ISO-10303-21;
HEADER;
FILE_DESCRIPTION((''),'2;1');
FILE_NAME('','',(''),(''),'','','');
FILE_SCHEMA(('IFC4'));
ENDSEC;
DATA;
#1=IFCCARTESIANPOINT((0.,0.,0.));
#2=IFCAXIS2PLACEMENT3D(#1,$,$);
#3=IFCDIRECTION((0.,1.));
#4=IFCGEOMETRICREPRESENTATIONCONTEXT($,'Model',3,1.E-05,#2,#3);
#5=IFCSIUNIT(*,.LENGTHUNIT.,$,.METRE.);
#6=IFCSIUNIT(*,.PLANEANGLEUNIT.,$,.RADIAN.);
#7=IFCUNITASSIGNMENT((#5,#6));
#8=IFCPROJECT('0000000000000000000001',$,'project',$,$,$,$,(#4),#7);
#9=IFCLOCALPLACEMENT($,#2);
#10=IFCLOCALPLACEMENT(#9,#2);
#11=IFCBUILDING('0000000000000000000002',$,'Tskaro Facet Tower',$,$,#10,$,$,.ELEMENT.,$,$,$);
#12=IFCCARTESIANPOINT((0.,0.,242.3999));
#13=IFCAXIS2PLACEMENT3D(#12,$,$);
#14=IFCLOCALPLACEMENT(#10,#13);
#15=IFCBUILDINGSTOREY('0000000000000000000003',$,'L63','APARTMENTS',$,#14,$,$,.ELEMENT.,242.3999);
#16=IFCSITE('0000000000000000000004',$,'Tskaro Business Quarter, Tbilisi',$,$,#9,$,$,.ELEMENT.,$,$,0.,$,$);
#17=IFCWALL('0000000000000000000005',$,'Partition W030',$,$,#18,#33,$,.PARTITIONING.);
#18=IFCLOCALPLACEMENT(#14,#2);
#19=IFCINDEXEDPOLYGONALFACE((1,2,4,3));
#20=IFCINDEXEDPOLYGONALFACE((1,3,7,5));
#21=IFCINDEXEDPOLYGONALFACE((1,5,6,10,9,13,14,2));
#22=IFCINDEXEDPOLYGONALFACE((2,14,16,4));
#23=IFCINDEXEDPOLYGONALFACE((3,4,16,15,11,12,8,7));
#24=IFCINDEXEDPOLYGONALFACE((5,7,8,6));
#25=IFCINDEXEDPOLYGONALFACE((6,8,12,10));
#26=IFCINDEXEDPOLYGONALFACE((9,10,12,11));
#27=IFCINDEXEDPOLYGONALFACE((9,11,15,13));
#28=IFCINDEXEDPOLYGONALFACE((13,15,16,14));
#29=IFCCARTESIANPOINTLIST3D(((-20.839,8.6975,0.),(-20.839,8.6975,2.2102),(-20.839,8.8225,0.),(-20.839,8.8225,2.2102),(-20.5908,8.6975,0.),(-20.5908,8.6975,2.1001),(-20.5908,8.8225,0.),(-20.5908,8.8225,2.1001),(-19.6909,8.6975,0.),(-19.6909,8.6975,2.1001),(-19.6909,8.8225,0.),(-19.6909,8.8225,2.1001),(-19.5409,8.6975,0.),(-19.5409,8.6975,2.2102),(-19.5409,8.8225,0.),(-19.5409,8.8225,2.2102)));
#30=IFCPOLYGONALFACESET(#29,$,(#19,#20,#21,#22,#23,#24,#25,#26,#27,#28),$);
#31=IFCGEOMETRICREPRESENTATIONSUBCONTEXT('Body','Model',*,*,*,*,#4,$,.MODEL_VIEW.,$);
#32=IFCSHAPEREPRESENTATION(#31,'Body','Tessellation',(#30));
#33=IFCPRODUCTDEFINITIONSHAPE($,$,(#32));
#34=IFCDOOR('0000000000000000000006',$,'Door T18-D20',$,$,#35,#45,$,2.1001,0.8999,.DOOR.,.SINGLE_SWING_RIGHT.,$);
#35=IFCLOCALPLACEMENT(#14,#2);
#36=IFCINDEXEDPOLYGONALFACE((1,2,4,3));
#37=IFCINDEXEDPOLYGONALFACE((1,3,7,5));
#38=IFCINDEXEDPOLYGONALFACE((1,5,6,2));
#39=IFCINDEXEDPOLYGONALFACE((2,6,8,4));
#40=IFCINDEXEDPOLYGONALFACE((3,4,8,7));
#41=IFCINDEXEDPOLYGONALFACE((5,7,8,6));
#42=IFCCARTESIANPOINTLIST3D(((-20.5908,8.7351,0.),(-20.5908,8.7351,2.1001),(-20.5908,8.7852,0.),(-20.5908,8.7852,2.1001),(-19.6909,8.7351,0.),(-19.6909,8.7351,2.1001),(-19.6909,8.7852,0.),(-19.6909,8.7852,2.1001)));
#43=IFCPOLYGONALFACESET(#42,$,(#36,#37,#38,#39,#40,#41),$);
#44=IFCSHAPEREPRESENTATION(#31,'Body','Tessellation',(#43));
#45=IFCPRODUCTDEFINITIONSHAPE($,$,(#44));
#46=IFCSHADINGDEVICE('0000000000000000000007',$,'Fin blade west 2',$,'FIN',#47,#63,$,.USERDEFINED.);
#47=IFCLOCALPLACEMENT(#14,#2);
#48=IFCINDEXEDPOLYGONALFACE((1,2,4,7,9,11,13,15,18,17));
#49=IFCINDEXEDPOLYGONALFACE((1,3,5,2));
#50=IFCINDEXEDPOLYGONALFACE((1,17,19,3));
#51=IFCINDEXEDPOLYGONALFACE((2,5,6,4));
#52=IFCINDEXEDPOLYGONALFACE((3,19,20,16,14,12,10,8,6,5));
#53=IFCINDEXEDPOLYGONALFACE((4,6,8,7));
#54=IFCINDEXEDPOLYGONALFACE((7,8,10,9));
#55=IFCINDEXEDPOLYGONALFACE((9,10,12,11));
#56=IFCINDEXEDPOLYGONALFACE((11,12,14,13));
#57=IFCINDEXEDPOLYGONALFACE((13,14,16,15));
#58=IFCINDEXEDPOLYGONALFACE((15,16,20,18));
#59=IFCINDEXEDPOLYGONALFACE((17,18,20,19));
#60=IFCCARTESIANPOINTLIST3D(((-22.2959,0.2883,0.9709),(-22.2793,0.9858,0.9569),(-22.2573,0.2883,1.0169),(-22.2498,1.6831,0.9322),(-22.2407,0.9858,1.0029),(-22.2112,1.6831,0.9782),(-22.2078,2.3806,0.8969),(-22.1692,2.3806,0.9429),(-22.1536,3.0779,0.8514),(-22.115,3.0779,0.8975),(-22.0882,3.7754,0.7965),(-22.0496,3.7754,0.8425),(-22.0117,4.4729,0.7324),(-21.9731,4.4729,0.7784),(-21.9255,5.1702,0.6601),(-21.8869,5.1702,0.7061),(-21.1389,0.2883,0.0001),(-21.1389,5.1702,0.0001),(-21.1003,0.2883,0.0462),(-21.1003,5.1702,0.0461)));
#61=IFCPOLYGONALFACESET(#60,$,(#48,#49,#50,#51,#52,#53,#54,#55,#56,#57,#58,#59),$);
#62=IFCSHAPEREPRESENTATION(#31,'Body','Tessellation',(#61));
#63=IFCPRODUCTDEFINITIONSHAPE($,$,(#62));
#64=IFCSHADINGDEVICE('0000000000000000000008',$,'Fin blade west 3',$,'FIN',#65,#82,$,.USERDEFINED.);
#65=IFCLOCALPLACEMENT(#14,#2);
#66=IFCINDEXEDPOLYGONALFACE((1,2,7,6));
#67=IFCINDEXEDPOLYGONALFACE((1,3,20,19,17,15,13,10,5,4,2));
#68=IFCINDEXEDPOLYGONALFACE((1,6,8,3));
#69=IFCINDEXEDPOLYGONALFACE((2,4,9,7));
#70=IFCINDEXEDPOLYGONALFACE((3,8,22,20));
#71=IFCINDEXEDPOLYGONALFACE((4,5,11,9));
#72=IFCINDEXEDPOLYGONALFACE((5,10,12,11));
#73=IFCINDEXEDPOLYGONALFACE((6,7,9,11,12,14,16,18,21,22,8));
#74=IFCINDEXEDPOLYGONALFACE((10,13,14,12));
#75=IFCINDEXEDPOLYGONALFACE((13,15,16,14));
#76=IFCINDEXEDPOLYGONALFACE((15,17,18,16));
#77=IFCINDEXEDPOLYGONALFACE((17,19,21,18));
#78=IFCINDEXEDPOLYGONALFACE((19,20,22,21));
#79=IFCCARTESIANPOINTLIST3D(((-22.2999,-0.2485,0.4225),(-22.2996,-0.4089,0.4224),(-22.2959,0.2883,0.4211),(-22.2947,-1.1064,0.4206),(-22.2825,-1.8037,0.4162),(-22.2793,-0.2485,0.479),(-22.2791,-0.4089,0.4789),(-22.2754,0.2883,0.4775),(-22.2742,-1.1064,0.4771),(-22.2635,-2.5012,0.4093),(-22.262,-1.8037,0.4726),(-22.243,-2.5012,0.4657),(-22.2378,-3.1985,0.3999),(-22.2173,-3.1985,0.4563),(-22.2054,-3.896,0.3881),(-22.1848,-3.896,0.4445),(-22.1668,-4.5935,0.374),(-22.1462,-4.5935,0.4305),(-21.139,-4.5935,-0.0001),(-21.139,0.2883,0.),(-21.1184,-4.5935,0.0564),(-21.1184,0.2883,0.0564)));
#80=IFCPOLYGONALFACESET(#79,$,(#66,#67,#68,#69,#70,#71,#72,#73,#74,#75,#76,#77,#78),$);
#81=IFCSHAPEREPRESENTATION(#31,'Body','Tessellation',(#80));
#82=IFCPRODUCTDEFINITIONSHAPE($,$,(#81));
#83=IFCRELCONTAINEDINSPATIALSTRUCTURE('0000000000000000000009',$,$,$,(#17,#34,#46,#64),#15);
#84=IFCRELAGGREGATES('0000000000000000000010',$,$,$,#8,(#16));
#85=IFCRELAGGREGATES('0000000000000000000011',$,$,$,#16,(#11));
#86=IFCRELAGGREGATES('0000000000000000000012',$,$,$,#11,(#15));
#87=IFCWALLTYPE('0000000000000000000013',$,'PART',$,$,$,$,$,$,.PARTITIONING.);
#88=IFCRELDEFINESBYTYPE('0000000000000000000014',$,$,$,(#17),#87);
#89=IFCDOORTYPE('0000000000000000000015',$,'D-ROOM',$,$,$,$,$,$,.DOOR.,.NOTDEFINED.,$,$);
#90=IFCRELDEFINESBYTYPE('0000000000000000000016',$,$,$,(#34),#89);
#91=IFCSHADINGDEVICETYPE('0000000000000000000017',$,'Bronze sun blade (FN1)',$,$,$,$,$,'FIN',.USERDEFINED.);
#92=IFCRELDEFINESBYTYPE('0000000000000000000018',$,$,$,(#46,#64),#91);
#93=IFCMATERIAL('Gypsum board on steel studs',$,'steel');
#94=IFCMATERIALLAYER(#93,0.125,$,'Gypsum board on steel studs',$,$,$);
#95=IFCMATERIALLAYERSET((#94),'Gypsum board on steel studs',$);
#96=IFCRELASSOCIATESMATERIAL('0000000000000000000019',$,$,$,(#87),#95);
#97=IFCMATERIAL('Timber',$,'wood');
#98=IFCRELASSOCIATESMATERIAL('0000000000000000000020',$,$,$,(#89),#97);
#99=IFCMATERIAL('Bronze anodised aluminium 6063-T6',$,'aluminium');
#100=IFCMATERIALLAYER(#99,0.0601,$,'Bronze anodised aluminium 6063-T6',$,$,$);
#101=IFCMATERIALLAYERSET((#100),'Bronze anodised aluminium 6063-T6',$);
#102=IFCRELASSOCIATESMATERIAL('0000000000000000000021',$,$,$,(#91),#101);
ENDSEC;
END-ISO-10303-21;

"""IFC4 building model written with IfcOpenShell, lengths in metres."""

from ifc_helpers import new_model, si_unit, direction, frame, frame_2d, origin, place, context, subcontext, project, spatial, polyline, rectangle, outline, extrude, material, layer, layer_set, type_object, element, fill, save


model = new_model("IFC4")

# Units and contexts
model_context = context("Model", 3, precision=1e-05, world=origin(), true_north=direction((0.0, 1.0)))
body_context = subcontext(model_context, "Body", "Model", "MODEL_VIEW")
ifc_project = project(units=[si_unit("LENGTHUNIT", "METRE"), si_unit("PLANEANGLEUNIT", "RADIAN")], contexts=[model_context])

# Site, building, storey
site_placement = place(None, origin())
site = spatial("IfcSite", under=ifc_project, at=site_placement, Name="Tskaro Business Quarter, Tbilisi", CompositionType="ELEMENT", RefElevation=0.0)
building_placement = place(site_placement, origin())
building = spatial("IfcBuilding", under=site, at=building_placement, Name="Tskaro Facet Tower", CompositionType="ELEMENT")
storey_placement = place(building_placement, frame((0.0, 0.0, 242.3999)))
storey = spatial("IfcBuildingStorey", under=building, at=storey_placement, Name="L63", Description="APARTMENTS", CompositionType="ELEMENT", Elevation=242.3999)

# Shared definitions
ifc_material_1 = material(Name="Bronze anodised aluminium 6063-T6", Category="aluminium")

# Shared definitions
ifc_material_2 = material(Name="Gypsum board on steel studs", Category="steel")
ifc_layer_1 = layer(ifc_material_2, 0.125, Name="Gypsum board on steel studs")
ifc_layer_set_1 = layer_set([ifc_layer_1], Name="Gypsum board on steel studs")
wall_type = type_object("IfcWallType", Name="PART", PredefinedType="PARTITIONING", material=ifc_layer_set_1)

# Wall, opening, door
wall_1_placement = place(storey_placement, frame((-19.541, 8.76, 0.0), z_axis=(0.0, 0.0, 1.0), x_axis=(-1.0, 0.0, 0.0)))
wall_1 = element("IfcWall", 1, at=wall_1_placement, inside=storey, type_object=wall_type, Name="Partition W030", PredefinedType="PARTITIONING", context=body_context, shape_type="SweptSolid", body=[
    extrude(rectangle(XDim=1.2981, YDim=0.125, at=frame_2d((0.6489, 0.0))), origin(), (0.0, 0.0, 1.0), 2.2102),
])
opening_placement = place(wall_1_placement, frame((0.1499, 0.0, 0.0)))
opening = element("IfcOpeningElement", 2, at=opening_placement, cuts=wall_1, PredefinedType="OPENING", context=body_context, shape_type="SweptSolid", body=[
    extrude(rectangle(XDim=0.8999, YDim=2.1001, at=frame_2d((0.45, 1.05))), frame((0.0, 0.0725, 0.0), z_axis=(0.0, -1.0, 0.0), x_axis=(1.0, 0.0, 0.0)), (0.0, 0.0, 1.0), 0.145),
])
ifc_material_3 = material(Name="Timber", Category="wood")
door_type = type_object("IfcDoorType", Name="D-ROOM", OperationType="NOTDEFINED", PredefinedType="DOOR", material=ifc_material_3)
door_placement = place(opening_placement, origin())
door = element("IfcDoor", 3, at=door_placement, inside=storey, type_object=door_type, Name="Door T18-D20", OperationType="SINGLE_SWING_RIGHT", OverallHeight=2.1001, OverallWidth=0.8999, PredefinedType="DOOR", context=body_context, shape_type="SweptSolid", body=[
    extrude(rectangle(XDim=0.8999, YDim=2.1001, at=frame_2d((0.45, 1.05))), frame((0.0, 0.0249, 0.0), z_axis=(0.0, -1.0, 0.0), x_axis=(1.0, 0.0, 0.0)), (0.0, 0.0, 1.0), 0.05),
])
fill(opening, door)

# Shading devices
ifc_layer_2 = layer(ifc_material_1, 0.0601, Name="Bronze anodised aluminium 6063-T6")
ifc_layer_set_2 = layer_set([ifc_layer_2], Name="Bronze anodised aluminium 6063-T6")
shading_device_type = type_object("IfcShadingDeviceType", Name="Bronze sun blade (FN1)", ElementType="FIN", PredefinedType="USERDEFINED", material=ifc_layer_set_2)
shading_device_1_placement = place(storey_placement, frame((-21.1003, 5.1702, 0.0461), z_axis=(0.642742, 0.000004, 0.766083), x_axis=(0.000003, -1.0, 0.000003)))
element("IfcShadingDevice", 4, at=shading_device_1_placement, inside=storey, type_object=shading_device_type, Name="Fin blade west 2", ObjectType="FIN", PredefinedType="USERDEFINED", context=body_context, shape_type="SweptSolid", body=[
    extrude(outline(polyline([(0.0, 0.0), (4.8818, 0.0), (4.8818, -1.5103), (4.1843, -1.4886), (3.4871, -1.4501), (2.7896, -1.3952), (2.0923, -1.3245), (1.3948, -1.2391), (0.6973, -1.1392), (0.0, -1.0268), (0.0, 0.0)])), origin(), (0.0, 0.0, -1.0), 0.0601),
])
shading_device_2_placement = place(storey_placement, frame((-21.1184, 0.2883, 0.0564), z_axis=(0.342049, -0.00001, 0.939682), x_axis=(-0.000003, -1.0, -0.000009)))
element("IfcShadingDevice", 5, at=shading_device_2_placement, inside=storey, type_object=shading_device_type, Name="Fin blade west 3", ObjectType="FIN", PredefinedType="USERDEFINED", context=body_context, shape_type="SweptSolid", body=[
    extrude(outline(polyline([(0.0, 0.0), (4.8818, 0.0), (4.8818, -1.0938), (4.1843, -1.1349), (3.4868, -1.1694), (2.7896, -1.1967), (2.092, -1.217), (1.3948, -1.2299), (0.6973, -1.2352), (0.5369, -1.2354), (0.0, -1.2312), (0.0, 0.0)])), origin(), (0.0, 0.0, -1.0), 0.0601),
])

save(model, "model.ifc")
